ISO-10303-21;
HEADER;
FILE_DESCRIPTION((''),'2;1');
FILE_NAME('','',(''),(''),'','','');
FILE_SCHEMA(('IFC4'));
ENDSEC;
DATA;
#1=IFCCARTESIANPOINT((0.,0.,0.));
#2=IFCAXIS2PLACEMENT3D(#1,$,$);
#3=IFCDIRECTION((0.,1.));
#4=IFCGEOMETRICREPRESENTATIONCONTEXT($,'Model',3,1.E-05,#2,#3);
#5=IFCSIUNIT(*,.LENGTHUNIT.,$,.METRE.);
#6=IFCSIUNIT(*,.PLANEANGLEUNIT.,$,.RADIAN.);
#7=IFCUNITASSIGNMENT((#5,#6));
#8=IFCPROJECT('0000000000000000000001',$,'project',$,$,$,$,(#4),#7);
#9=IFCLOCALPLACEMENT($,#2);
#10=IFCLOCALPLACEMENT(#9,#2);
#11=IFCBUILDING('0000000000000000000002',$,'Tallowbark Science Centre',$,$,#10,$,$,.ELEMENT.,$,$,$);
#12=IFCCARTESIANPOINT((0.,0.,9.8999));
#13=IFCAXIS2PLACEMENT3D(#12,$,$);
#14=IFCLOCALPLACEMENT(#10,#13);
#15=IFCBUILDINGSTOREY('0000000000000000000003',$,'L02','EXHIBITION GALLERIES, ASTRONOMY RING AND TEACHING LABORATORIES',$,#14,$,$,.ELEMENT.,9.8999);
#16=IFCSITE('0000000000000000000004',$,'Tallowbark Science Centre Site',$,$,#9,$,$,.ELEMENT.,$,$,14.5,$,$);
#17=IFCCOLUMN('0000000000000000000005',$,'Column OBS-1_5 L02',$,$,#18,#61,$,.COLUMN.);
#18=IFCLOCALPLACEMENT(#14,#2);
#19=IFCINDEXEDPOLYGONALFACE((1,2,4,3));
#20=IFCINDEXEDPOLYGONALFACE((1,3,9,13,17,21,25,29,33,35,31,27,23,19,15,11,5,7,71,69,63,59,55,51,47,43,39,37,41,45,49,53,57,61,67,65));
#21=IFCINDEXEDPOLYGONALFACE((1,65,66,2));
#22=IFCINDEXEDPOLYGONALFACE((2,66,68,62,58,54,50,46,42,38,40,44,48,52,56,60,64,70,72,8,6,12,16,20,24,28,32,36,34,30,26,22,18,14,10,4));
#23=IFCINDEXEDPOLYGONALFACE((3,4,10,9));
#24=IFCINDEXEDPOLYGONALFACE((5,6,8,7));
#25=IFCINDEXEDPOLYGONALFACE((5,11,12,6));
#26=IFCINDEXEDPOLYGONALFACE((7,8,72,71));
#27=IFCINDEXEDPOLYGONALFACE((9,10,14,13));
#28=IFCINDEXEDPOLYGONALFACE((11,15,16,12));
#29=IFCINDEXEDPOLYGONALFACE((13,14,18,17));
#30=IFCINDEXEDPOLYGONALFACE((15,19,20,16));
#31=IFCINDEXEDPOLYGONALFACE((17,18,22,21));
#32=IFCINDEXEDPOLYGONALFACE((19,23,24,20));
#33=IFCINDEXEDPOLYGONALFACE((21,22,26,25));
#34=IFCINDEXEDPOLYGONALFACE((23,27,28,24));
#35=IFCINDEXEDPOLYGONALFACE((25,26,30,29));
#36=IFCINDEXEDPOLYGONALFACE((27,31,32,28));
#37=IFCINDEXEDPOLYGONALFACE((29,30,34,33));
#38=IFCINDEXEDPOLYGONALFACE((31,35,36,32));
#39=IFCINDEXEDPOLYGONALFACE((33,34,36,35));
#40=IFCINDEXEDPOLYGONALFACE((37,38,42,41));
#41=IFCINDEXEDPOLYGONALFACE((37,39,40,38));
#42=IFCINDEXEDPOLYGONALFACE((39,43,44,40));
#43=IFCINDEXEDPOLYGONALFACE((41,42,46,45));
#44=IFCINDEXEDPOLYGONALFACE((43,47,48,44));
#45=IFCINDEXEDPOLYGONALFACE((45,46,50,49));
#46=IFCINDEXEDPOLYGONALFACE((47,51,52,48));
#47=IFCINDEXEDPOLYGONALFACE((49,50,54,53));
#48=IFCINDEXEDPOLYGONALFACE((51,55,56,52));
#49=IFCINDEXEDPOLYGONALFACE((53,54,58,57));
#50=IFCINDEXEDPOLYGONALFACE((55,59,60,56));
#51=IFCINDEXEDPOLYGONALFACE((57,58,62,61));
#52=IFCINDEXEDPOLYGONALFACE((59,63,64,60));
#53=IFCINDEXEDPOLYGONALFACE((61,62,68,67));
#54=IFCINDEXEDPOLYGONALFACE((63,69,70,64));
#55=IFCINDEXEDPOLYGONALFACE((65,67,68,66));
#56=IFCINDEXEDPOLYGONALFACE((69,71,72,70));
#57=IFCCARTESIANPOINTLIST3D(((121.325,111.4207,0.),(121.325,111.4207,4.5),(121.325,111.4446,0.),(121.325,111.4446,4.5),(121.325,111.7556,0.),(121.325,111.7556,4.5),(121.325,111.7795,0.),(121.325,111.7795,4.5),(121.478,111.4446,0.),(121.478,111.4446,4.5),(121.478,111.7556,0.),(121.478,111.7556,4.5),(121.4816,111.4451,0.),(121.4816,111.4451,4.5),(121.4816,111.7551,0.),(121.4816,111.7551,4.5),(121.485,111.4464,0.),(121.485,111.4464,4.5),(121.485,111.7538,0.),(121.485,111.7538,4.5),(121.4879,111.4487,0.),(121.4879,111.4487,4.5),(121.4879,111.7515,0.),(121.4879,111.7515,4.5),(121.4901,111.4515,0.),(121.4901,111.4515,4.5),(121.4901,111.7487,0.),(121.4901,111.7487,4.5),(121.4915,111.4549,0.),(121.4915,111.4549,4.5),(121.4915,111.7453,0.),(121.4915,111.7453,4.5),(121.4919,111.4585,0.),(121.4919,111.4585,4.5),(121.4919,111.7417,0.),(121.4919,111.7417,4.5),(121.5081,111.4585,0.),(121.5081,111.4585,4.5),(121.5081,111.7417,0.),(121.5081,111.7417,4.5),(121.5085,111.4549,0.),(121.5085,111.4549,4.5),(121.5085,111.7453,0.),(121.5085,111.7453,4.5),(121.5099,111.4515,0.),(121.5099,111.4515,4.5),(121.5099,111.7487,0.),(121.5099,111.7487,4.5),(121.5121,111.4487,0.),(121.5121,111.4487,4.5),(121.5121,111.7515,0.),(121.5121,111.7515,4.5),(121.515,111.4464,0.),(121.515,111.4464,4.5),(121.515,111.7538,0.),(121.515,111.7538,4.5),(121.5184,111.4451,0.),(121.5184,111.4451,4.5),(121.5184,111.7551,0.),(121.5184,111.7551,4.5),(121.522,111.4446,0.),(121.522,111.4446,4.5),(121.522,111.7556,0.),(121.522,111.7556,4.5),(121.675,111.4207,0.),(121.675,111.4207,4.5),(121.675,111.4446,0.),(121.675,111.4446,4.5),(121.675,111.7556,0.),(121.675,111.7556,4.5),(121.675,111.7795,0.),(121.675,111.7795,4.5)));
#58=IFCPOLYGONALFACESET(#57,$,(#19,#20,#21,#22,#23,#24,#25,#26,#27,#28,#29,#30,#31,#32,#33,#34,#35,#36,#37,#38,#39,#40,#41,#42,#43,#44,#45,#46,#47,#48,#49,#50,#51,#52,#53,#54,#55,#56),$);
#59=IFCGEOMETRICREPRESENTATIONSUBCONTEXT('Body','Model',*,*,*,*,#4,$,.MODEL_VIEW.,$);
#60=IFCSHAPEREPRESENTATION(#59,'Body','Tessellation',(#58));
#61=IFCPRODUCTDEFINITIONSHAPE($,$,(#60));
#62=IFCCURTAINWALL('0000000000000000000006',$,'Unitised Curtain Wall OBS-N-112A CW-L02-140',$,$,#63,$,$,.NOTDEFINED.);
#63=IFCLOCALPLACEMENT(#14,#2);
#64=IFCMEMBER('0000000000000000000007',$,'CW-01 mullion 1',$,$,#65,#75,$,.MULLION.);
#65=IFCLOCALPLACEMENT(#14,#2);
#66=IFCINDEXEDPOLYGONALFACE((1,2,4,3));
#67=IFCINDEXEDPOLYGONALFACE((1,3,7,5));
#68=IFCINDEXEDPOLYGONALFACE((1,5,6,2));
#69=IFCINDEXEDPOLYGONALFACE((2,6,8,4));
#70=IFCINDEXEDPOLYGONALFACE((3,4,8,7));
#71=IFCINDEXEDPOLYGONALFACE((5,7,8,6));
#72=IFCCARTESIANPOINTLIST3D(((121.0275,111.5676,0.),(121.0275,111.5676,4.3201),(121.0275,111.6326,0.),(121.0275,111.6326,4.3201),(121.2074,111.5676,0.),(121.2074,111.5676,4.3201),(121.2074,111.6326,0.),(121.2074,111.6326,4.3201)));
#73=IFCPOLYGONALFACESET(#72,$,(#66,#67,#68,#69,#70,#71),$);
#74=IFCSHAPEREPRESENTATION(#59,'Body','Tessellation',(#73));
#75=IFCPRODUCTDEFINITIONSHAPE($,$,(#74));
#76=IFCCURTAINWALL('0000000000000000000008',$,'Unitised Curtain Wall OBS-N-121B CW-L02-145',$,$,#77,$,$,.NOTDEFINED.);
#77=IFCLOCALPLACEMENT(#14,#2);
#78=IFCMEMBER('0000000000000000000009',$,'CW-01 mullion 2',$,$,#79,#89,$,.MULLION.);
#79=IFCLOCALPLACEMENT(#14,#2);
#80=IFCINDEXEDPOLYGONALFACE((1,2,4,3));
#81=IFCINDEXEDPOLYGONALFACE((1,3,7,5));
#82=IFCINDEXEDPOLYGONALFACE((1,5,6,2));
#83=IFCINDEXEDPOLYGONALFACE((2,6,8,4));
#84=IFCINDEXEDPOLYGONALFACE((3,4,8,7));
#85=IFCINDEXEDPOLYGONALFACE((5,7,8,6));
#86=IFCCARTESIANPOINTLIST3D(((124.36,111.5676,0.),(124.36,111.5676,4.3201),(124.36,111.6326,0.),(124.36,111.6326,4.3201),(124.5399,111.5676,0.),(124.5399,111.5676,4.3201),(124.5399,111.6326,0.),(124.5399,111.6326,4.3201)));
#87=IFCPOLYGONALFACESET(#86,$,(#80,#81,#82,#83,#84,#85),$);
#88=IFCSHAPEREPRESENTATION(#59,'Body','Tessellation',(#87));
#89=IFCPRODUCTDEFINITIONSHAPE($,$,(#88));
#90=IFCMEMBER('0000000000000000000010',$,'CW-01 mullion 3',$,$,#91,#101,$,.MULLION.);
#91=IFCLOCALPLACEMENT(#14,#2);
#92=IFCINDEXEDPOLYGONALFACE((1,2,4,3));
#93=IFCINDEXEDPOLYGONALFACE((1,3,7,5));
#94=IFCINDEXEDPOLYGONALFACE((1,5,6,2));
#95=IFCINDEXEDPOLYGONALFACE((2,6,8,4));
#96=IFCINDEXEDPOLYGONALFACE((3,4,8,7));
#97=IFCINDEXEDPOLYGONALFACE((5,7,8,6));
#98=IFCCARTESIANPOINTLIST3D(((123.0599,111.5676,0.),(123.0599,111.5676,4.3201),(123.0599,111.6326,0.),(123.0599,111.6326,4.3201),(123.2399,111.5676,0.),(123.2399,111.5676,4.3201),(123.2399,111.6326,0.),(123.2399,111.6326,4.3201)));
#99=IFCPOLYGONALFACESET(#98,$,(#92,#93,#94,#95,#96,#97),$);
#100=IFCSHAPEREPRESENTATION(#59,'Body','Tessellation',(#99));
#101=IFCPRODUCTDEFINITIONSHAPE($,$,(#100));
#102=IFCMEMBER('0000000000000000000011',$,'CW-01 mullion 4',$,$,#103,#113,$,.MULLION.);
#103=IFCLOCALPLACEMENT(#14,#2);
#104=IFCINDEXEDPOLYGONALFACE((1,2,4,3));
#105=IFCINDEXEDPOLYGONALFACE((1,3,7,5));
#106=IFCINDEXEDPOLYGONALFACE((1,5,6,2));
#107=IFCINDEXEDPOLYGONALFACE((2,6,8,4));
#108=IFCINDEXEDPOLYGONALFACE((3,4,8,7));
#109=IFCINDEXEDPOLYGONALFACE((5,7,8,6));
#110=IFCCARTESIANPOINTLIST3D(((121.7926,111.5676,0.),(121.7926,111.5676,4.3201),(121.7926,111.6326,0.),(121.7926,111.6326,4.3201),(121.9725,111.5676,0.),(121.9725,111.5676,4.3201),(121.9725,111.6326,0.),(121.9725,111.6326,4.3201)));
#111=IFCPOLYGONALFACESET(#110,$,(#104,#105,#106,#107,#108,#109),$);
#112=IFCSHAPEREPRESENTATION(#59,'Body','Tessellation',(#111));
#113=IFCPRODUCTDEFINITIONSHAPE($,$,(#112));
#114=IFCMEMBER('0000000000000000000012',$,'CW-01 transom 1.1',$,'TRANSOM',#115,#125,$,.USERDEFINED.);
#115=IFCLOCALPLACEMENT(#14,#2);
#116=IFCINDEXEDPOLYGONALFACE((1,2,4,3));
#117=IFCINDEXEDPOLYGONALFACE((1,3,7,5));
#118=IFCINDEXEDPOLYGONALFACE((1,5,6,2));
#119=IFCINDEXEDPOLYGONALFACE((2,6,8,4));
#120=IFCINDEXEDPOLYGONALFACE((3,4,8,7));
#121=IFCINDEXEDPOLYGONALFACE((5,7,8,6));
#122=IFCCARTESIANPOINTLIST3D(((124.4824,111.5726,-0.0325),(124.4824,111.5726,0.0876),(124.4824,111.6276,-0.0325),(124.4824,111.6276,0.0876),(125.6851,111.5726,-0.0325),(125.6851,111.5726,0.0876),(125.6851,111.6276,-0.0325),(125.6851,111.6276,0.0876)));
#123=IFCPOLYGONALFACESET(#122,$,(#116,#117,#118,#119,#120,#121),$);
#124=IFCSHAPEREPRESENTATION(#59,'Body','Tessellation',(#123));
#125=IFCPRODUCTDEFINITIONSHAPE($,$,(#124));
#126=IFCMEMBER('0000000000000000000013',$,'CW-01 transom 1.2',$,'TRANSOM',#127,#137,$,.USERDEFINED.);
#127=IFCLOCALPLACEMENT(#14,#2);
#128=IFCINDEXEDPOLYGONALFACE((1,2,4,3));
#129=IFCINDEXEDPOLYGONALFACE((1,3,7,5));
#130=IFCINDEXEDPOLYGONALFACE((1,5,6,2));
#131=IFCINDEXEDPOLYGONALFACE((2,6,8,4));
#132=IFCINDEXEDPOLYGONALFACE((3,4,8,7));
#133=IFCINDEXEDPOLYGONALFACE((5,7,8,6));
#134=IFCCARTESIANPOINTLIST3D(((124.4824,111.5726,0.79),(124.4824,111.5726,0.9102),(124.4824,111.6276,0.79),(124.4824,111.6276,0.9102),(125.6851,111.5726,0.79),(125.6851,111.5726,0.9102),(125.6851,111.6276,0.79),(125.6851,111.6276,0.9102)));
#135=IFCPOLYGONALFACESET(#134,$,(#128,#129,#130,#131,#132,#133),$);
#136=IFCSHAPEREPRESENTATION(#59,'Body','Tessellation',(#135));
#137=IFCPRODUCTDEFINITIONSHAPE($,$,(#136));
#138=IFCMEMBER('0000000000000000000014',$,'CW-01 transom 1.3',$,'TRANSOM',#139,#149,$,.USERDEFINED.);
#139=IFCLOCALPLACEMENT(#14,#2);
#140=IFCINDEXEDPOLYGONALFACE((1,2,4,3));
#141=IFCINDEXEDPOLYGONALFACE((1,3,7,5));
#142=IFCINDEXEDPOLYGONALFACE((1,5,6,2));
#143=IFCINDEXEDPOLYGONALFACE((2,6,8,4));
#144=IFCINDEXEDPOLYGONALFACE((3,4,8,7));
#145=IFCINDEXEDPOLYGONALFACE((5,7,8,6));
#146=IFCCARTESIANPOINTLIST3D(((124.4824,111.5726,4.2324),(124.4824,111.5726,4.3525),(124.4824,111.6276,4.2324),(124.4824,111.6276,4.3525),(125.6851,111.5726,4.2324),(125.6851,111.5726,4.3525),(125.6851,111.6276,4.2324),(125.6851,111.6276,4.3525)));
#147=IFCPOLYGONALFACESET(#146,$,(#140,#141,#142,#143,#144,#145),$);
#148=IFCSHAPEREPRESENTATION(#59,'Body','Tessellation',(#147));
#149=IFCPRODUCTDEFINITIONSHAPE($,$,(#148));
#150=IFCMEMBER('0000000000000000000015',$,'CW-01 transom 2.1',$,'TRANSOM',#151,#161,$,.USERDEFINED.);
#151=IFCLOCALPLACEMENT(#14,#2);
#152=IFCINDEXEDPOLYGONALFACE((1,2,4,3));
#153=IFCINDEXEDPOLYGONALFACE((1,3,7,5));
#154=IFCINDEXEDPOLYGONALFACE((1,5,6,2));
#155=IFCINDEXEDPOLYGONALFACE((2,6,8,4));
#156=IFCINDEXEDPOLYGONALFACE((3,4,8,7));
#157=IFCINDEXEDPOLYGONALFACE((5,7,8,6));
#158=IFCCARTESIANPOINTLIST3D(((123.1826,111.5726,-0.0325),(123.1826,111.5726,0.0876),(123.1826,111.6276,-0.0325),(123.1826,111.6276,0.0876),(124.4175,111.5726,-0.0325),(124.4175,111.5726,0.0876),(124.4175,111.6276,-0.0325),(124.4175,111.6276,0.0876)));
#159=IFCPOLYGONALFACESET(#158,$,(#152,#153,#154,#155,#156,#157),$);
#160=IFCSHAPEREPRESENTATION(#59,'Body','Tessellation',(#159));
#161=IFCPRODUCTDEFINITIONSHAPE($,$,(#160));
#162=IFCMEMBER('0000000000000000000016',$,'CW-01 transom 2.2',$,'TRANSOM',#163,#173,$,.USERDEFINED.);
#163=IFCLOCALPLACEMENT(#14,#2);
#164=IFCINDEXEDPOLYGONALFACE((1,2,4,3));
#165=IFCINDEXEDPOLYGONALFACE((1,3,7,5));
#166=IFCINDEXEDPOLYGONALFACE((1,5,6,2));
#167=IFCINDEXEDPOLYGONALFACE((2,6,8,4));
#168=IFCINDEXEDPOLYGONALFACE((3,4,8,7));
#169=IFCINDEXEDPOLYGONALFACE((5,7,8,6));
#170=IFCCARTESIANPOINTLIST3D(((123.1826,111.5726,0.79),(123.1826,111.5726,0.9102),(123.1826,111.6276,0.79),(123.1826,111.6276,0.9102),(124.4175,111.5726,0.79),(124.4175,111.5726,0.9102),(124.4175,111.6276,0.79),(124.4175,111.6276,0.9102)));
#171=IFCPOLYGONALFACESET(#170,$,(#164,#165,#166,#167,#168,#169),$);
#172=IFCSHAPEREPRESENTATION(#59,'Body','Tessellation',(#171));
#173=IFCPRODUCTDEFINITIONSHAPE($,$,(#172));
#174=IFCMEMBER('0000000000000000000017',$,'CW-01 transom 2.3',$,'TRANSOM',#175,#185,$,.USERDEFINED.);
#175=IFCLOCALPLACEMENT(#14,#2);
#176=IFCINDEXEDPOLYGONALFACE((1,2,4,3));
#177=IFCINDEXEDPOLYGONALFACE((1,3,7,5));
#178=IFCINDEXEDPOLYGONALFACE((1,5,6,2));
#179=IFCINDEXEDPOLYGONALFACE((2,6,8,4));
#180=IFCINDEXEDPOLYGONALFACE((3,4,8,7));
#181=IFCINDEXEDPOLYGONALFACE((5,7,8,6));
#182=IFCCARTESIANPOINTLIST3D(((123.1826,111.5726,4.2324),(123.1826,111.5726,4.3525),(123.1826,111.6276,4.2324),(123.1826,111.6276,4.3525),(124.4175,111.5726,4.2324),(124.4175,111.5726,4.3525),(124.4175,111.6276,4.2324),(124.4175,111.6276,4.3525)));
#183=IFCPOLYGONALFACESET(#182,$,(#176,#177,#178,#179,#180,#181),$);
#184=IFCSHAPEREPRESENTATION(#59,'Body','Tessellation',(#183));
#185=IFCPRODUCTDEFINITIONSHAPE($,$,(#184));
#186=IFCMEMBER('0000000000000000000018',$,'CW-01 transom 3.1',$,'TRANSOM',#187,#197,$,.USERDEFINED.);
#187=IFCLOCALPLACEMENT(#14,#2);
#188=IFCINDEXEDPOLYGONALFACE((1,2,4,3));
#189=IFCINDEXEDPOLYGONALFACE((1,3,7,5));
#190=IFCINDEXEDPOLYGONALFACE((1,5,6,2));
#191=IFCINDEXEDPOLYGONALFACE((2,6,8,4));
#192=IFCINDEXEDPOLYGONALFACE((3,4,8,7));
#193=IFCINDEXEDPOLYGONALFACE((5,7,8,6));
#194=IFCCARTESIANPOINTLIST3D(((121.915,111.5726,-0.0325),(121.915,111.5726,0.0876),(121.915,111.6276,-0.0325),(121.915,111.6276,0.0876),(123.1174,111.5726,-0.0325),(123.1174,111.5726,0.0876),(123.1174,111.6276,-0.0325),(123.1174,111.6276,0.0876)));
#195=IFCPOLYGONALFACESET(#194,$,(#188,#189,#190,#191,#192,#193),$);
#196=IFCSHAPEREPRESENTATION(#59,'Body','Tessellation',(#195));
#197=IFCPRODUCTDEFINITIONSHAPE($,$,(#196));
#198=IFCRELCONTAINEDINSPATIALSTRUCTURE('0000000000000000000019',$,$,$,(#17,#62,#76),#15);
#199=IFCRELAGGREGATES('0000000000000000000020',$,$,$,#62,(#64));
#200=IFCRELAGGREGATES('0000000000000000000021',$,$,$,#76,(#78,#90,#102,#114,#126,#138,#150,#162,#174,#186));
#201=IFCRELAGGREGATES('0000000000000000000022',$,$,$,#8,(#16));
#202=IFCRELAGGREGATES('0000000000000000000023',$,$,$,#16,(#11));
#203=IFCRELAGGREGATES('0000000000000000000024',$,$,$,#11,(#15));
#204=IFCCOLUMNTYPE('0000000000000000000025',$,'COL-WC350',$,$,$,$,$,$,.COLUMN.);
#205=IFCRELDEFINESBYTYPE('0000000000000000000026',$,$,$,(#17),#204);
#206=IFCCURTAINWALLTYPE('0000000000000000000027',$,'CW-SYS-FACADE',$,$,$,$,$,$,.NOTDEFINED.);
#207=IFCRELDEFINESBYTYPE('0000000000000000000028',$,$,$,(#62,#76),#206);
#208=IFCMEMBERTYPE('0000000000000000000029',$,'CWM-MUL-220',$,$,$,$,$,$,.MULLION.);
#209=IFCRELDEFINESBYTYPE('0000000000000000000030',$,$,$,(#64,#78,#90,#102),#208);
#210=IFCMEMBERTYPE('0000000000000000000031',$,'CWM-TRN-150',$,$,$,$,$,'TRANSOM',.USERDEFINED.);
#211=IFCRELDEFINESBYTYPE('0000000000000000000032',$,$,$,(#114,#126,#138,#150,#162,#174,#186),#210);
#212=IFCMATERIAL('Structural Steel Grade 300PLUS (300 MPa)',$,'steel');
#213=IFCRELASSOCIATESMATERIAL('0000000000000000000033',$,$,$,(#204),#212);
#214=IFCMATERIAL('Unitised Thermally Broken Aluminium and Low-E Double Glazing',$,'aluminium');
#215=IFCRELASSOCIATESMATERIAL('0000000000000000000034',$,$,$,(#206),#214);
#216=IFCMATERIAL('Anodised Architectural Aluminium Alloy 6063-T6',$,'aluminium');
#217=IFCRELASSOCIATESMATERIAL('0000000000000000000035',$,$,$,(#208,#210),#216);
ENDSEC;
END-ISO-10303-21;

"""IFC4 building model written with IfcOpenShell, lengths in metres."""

from ifc_helpers import new_model, si_unit, direction, frame, origin, origin_2d, place, context, subcontext, project, spatial, rectangle, i_section, extrude, material, material_profile, profile_set, type_object, element, aggregate, save


model = new_model("IFC4")

# Units and contexts
model_context = context("Model", 3, precision=1e-05, world=origin(), true_north=direction((0.0, 1.0)))
body_context = subcontext(model_context, "Body", "Model", "MODEL_VIEW")
ifc_project = project(units=[si_unit("LENGTHUNIT", "METRE"), si_unit("PLANEANGLEUNIT", "RADIAN")], contexts=[model_context])

# Site, building, storey
site_placement = place(None, origin())
site = spatial("IfcSite", under=ifc_project, at=site_placement, Name="Tallowbark Science Centre Site", CompositionType="ELEMENT", RefElevation=14.5)
building_placement = place(site_placement, origin())
building = spatial("IfcBuilding", under=site, at=building_placement, Name="Tallowbark Science Centre", CompositionType="ELEMENT")
storey_placement = place(building_placement, frame((0.0, 0.0, 9.8999)))
storey = spatial("IfcBuildingStorey", under=building, at=storey_placement, Name="L02", Description="EXHIBITION GALLERIES, ASTRONOMY RING AND TEACHING LABORATORIES", CompositionType="ELEMENT", Elevation=9.8999)

# Column
ifc_material_1 = material(Name="Structural Steel Grade 300PLUS (300 MPa)", Category="steel")
ifc_material_profile_1 = material_profile(ifc_material_1, i_section(OverallWidth=0.3501, OverallDepth=0.3589, WebThickness=0.0161, FlangeThickness=0.0239, FilletRadius=0.0139, at=origin_2d()), Name="350WC197")
ifc_profile_set_1 = profile_set([ifc_material_profile_1], Name="Structural Steel Grade 300PLUS (300 MPa)")
column_type = type_object("IfcColumnType", Name="COL-WC350", PredefinedType="COLUMN", material=ifc_profile_set_1)
column_placement = place(storey_placement, frame((121.5, 111.6001, 0.0), z_axis=(0.0, 0.0, 1.0), x_axis=(1.0, 0.0, 0.0)))
element("IfcColumn", 1, at=column_placement, inside=storey, type_object=column_type, Name="Column OBS-1_5 L02", PredefinedType="COLUMN", context=body_context, shape_type="SweptSolid", body=[
    extrude(i_section(OverallWidth=0.3501, OverallDepth=0.3589, WebThickness=0.0161, FlangeThickness=0.0239, FilletRadius=0.0139, at=origin_2d()), origin(), (0.0, 0.0, 1.0), 4.5),
])

# Curtain wall, member
ifc_material_2 = material(Name="Unitised Thermally Broken Aluminium and Low-E Double Glazing", Category="aluminium")
curtain_wall_type = type_object("IfcCurtainWallType", Name="CW-SYS-FACADE", PredefinedType="NOTDEFINED", material=ifc_material_2)
curtain_wall_1_placement = place(storey_placement, origin())
curtain_wall_1 = element("IfcCurtainWall", 2, at=curtain_wall_1_placement, inside=storey, type_object=curtain_wall_type, Name="Unitised Curtain Wall OBS-N-112A CW-L02-140", PredefinedType="NOTDEFINED")
ifc_material_3 = material(Name="Anodised Architectural Aluminium Alloy 6063-T6", Category="aluminium")
ifc_material_profile_2 = material_profile(ifc_material_3, rectangle(XDim=0.0649, YDim=0.1799, at=origin_2d()), Name="ALU65x180")
ifc_profile_set_2 = profile_set([ifc_material_profile_2], Name="Anodised Architectural Aluminium Alloy 6063-T6")
member_type_1 = type_object("IfcMemberType", Name="CWM-MUL-220", PredefinedType="MULLION", material=ifc_profile_set_2)
member_1_placement = place(storey_placement, frame((121.1174, 111.6001, 0.0), z_axis=(0.0, 0.0, 1.0), x_axis=(0.0, -1.0, 0.0)))
member_1 = element("IfcMember", 3, at=member_1_placement, type_object=member_type_1, Name="CW-01 mullion 1", PredefinedType="MULLION", context=body_context, shape_type="SweptSolid", body=[
    extrude(rectangle(XDim=0.0649, YDim=0.1799, at=origin_2d()), origin(), (0.0, 0.0, 1.0), 4.3201),
])
aggregate(curtain_wall_1, [member_1])

# Curtain wall, members
curtain_wall_2_placement = place(storey_placement, origin())
curtain_wall_2 = element("IfcCurtainWall", 4, at=curtain_wall_2_placement, inside=storey, type_object=curtain_wall_type, Name="Unitised Curtain Wall OBS-N-121B CW-L02-145", PredefinedType="NOTDEFINED")
member_2_placement = place(storey_placement, frame((124.45, 111.6001, 0.0), z_axis=(0.0, 0.0, 1.0), x_axis=(0.0, -1.0, 0.0)))
member_2 = element("IfcMember", 5, at=member_2_placement, type_object=member_type_1, Name="CW-01 mullion 2", PredefinedType="MULLION", context=body_context, shape_type="SweptSolid", body=[
    extrude(rectangle(XDim=0.0649, YDim=0.1799, at=origin_2d()), origin(), (0.0, 0.0, 1.0), 4.3201),
])
member_3_placement = place(storey_placement, frame((123.1499, 111.6001, 0.0), z_axis=(0.0, 0.0, 1.0), x_axis=(0.0, -1.0, 0.0)))
member_3 = element("IfcMember", 6, at=member_3_placement, type_object=member_type_1, Name="CW-01 mullion 3", PredefinedType="MULLION", context=body_context, shape_type="SweptSolid", body=[
    extrude(rectangle(XDim=0.0649, YDim=0.1799, at=origin_2d()), origin(), (0.0, 0.0, 1.0), 4.3201),
])
member_4_placement = place(storey_placement, frame((121.8826, 111.6001, 0.0), z_axis=(0.0, 0.0, 1.0), x_axis=(0.0, -1.0, 0.0)))
member_4 = element("IfcMember", 7, at=member_4_placement, type_object=member_type_1, Name="CW-01 mullion 4", PredefinedType="MULLION", context=body_context, shape_type="SweptSolid", body=[
    extrude(rectangle(XDim=0.0649, YDim=0.1799, at=origin_2d()), origin(), (0.0, 0.0, 1.0), 4.3201),
])
ifc_material_profile_3 = material_profile(ifc_material_3, rectangle(XDim=0.0549, YDim=0.1201, at=origin_2d()), Name="ALU55x120")
ifc_profile_set_3 = profile_set([ifc_material_profile_3], Name="Anodised Architectural Aluminium Alloy 6063-T6")
member_type_2 = type_object("IfcMemberType", Name="CWM-TRN-150", ElementType="TRANSOM", PredefinedType="USERDEFINED", material=ifc_profile_set_3)
member_5_placement = place(storey_placement, frame((125.6851, 111.6001, 0.0276), z_axis=(-1.0, 0.0, 0.0), x_axis=(0.0, -1.0, 0.0)))
member_5 = element("IfcMember", 8, at=member_5_placement, type_object=member_type_2, Name="CW-01 transom 1.1", ObjectType="TRANSOM", PredefinedType="USERDEFINED", context=body_context, shape_type="SweptSolid", body=[
    extrude(rectangle(XDim=0.0549, YDim=0.1201, at=origin_2d()), origin(), (0.0, 0.0, 1.0), 1.2026),
])
member_6_placement = place(storey_placement, frame((125.6851, 111.6001, 0.8501), z_axis=(-1.0, 0.0, 0.0), x_axis=(0.0, -1.0, 0.0)))
member_6 = element("IfcMember", 9, at=member_6_placement, type_object=member_type_2, Name="CW-01 transom 1.2", ObjectType="TRANSOM", PredefinedType="USERDEFINED", context=body_context, shape_type="SweptSolid", body=[
    extrude(rectangle(XDim=0.0549, YDim=0.1201, at=origin_2d()), origin(), (0.0, 0.0, 1.0), 1.2026),
])
member_7_placement = place(storey_placement, frame((125.6851, 111.6001, 4.2925), z_axis=(-1.0, 0.0, 0.0), x_axis=(0.0, -1.0, 0.0)))
member_7 = element("IfcMember", 10, at=member_7_placement, type_object=member_type_2, Name="CW-01 transom 1.3", ObjectType="TRANSOM", PredefinedType="USERDEFINED", context=body_context, shape_type="SweptSolid", body=[
    extrude(rectangle(XDim=0.0549, YDim=0.1201, at=origin_2d()), origin(), (0.0, 0.0, 1.0), 1.2026),
])
member_8_placement = place(storey_placement, frame((124.4175, 111.6001, 0.0276), z_axis=(-1.0, 0.0, 0.0), x_axis=(0.0, -1.0, 0.0)))
member_8 = element("IfcMember", 11, at=member_8_placement, type_object=member_type_2, Name="CW-01 transom 2.1", ObjectType="TRANSOM", PredefinedType="USERDEFINED", context=body_context, shape_type="SweptSolid", body=[
    extrude(rectangle(XDim=0.0549, YDim=0.1201, at=origin_2d()), origin(), (0.0, 0.0, 1.0), 1.2349),
])
member_9_placement = place(storey_placement, frame((124.4175, 111.6001, 0.8501), z_axis=(-1.0, 0.0, 0.0), x_axis=(0.0, -1.0, 0.0)))
member_9 = element("IfcMember", 12, at=member_9_placement, type_object=member_type_2, Name="CW-01 transom 2.2", ObjectType="TRANSOM", PredefinedType="USERDEFINED", context=body_context, shape_type="SweptSolid", body=[
    extrude(rectangle(XDim=0.0549, YDim=0.1201, at=origin_2d()), origin(), (0.0, 0.0, 1.0), 1.2349),
])
member_10_placement = place(storey_placement, frame((124.4175, 111.6001, 4.2925), z_axis=(-1.0, 0.0, 0.0), x_axis=(0.0, -1.0, 0.0)))
member_10 = element("IfcMember", 13, at=member_10_placement, type_object=member_type_2, Name="CW-01 transom 2.3", ObjectType="TRANSOM", PredefinedType="USERDEFINED", context=body_context, shape_type="SweptSolid", body=[
    extrude(rectangle(XDim=0.0549, YDim=0.1201, at=origin_2d()), origin(), (0.0, 0.0, 1.0), 1.2349),
])
member_11_placement = place(storey_placement, frame((123.1174, 111.6001, 0.0276), z_axis=(-1.0, 0.0, 0.0), x_axis=(0.0, -1.0, 0.0)))
member_11 = element("IfcMember", 14, at=member_11_placement, type_object=member_type_2, Name="CW-01 transom 3.1", ObjectType="TRANSOM", PredefinedType="USERDEFINED", context=body_context, shape_type="SweptSolid", body=[
    extrude(rectangle(XDim=0.0549, YDim=0.1201, at=origin_2d()), origin(), (0.0, 0.0, 1.0), 1.2024),
])

aggregate(curtain_wall_2, [member_2, member_3, member_4, member_5, member_6, member_7, member_8, member_9, member_10, member_11])

save(model, "model.ifc")
